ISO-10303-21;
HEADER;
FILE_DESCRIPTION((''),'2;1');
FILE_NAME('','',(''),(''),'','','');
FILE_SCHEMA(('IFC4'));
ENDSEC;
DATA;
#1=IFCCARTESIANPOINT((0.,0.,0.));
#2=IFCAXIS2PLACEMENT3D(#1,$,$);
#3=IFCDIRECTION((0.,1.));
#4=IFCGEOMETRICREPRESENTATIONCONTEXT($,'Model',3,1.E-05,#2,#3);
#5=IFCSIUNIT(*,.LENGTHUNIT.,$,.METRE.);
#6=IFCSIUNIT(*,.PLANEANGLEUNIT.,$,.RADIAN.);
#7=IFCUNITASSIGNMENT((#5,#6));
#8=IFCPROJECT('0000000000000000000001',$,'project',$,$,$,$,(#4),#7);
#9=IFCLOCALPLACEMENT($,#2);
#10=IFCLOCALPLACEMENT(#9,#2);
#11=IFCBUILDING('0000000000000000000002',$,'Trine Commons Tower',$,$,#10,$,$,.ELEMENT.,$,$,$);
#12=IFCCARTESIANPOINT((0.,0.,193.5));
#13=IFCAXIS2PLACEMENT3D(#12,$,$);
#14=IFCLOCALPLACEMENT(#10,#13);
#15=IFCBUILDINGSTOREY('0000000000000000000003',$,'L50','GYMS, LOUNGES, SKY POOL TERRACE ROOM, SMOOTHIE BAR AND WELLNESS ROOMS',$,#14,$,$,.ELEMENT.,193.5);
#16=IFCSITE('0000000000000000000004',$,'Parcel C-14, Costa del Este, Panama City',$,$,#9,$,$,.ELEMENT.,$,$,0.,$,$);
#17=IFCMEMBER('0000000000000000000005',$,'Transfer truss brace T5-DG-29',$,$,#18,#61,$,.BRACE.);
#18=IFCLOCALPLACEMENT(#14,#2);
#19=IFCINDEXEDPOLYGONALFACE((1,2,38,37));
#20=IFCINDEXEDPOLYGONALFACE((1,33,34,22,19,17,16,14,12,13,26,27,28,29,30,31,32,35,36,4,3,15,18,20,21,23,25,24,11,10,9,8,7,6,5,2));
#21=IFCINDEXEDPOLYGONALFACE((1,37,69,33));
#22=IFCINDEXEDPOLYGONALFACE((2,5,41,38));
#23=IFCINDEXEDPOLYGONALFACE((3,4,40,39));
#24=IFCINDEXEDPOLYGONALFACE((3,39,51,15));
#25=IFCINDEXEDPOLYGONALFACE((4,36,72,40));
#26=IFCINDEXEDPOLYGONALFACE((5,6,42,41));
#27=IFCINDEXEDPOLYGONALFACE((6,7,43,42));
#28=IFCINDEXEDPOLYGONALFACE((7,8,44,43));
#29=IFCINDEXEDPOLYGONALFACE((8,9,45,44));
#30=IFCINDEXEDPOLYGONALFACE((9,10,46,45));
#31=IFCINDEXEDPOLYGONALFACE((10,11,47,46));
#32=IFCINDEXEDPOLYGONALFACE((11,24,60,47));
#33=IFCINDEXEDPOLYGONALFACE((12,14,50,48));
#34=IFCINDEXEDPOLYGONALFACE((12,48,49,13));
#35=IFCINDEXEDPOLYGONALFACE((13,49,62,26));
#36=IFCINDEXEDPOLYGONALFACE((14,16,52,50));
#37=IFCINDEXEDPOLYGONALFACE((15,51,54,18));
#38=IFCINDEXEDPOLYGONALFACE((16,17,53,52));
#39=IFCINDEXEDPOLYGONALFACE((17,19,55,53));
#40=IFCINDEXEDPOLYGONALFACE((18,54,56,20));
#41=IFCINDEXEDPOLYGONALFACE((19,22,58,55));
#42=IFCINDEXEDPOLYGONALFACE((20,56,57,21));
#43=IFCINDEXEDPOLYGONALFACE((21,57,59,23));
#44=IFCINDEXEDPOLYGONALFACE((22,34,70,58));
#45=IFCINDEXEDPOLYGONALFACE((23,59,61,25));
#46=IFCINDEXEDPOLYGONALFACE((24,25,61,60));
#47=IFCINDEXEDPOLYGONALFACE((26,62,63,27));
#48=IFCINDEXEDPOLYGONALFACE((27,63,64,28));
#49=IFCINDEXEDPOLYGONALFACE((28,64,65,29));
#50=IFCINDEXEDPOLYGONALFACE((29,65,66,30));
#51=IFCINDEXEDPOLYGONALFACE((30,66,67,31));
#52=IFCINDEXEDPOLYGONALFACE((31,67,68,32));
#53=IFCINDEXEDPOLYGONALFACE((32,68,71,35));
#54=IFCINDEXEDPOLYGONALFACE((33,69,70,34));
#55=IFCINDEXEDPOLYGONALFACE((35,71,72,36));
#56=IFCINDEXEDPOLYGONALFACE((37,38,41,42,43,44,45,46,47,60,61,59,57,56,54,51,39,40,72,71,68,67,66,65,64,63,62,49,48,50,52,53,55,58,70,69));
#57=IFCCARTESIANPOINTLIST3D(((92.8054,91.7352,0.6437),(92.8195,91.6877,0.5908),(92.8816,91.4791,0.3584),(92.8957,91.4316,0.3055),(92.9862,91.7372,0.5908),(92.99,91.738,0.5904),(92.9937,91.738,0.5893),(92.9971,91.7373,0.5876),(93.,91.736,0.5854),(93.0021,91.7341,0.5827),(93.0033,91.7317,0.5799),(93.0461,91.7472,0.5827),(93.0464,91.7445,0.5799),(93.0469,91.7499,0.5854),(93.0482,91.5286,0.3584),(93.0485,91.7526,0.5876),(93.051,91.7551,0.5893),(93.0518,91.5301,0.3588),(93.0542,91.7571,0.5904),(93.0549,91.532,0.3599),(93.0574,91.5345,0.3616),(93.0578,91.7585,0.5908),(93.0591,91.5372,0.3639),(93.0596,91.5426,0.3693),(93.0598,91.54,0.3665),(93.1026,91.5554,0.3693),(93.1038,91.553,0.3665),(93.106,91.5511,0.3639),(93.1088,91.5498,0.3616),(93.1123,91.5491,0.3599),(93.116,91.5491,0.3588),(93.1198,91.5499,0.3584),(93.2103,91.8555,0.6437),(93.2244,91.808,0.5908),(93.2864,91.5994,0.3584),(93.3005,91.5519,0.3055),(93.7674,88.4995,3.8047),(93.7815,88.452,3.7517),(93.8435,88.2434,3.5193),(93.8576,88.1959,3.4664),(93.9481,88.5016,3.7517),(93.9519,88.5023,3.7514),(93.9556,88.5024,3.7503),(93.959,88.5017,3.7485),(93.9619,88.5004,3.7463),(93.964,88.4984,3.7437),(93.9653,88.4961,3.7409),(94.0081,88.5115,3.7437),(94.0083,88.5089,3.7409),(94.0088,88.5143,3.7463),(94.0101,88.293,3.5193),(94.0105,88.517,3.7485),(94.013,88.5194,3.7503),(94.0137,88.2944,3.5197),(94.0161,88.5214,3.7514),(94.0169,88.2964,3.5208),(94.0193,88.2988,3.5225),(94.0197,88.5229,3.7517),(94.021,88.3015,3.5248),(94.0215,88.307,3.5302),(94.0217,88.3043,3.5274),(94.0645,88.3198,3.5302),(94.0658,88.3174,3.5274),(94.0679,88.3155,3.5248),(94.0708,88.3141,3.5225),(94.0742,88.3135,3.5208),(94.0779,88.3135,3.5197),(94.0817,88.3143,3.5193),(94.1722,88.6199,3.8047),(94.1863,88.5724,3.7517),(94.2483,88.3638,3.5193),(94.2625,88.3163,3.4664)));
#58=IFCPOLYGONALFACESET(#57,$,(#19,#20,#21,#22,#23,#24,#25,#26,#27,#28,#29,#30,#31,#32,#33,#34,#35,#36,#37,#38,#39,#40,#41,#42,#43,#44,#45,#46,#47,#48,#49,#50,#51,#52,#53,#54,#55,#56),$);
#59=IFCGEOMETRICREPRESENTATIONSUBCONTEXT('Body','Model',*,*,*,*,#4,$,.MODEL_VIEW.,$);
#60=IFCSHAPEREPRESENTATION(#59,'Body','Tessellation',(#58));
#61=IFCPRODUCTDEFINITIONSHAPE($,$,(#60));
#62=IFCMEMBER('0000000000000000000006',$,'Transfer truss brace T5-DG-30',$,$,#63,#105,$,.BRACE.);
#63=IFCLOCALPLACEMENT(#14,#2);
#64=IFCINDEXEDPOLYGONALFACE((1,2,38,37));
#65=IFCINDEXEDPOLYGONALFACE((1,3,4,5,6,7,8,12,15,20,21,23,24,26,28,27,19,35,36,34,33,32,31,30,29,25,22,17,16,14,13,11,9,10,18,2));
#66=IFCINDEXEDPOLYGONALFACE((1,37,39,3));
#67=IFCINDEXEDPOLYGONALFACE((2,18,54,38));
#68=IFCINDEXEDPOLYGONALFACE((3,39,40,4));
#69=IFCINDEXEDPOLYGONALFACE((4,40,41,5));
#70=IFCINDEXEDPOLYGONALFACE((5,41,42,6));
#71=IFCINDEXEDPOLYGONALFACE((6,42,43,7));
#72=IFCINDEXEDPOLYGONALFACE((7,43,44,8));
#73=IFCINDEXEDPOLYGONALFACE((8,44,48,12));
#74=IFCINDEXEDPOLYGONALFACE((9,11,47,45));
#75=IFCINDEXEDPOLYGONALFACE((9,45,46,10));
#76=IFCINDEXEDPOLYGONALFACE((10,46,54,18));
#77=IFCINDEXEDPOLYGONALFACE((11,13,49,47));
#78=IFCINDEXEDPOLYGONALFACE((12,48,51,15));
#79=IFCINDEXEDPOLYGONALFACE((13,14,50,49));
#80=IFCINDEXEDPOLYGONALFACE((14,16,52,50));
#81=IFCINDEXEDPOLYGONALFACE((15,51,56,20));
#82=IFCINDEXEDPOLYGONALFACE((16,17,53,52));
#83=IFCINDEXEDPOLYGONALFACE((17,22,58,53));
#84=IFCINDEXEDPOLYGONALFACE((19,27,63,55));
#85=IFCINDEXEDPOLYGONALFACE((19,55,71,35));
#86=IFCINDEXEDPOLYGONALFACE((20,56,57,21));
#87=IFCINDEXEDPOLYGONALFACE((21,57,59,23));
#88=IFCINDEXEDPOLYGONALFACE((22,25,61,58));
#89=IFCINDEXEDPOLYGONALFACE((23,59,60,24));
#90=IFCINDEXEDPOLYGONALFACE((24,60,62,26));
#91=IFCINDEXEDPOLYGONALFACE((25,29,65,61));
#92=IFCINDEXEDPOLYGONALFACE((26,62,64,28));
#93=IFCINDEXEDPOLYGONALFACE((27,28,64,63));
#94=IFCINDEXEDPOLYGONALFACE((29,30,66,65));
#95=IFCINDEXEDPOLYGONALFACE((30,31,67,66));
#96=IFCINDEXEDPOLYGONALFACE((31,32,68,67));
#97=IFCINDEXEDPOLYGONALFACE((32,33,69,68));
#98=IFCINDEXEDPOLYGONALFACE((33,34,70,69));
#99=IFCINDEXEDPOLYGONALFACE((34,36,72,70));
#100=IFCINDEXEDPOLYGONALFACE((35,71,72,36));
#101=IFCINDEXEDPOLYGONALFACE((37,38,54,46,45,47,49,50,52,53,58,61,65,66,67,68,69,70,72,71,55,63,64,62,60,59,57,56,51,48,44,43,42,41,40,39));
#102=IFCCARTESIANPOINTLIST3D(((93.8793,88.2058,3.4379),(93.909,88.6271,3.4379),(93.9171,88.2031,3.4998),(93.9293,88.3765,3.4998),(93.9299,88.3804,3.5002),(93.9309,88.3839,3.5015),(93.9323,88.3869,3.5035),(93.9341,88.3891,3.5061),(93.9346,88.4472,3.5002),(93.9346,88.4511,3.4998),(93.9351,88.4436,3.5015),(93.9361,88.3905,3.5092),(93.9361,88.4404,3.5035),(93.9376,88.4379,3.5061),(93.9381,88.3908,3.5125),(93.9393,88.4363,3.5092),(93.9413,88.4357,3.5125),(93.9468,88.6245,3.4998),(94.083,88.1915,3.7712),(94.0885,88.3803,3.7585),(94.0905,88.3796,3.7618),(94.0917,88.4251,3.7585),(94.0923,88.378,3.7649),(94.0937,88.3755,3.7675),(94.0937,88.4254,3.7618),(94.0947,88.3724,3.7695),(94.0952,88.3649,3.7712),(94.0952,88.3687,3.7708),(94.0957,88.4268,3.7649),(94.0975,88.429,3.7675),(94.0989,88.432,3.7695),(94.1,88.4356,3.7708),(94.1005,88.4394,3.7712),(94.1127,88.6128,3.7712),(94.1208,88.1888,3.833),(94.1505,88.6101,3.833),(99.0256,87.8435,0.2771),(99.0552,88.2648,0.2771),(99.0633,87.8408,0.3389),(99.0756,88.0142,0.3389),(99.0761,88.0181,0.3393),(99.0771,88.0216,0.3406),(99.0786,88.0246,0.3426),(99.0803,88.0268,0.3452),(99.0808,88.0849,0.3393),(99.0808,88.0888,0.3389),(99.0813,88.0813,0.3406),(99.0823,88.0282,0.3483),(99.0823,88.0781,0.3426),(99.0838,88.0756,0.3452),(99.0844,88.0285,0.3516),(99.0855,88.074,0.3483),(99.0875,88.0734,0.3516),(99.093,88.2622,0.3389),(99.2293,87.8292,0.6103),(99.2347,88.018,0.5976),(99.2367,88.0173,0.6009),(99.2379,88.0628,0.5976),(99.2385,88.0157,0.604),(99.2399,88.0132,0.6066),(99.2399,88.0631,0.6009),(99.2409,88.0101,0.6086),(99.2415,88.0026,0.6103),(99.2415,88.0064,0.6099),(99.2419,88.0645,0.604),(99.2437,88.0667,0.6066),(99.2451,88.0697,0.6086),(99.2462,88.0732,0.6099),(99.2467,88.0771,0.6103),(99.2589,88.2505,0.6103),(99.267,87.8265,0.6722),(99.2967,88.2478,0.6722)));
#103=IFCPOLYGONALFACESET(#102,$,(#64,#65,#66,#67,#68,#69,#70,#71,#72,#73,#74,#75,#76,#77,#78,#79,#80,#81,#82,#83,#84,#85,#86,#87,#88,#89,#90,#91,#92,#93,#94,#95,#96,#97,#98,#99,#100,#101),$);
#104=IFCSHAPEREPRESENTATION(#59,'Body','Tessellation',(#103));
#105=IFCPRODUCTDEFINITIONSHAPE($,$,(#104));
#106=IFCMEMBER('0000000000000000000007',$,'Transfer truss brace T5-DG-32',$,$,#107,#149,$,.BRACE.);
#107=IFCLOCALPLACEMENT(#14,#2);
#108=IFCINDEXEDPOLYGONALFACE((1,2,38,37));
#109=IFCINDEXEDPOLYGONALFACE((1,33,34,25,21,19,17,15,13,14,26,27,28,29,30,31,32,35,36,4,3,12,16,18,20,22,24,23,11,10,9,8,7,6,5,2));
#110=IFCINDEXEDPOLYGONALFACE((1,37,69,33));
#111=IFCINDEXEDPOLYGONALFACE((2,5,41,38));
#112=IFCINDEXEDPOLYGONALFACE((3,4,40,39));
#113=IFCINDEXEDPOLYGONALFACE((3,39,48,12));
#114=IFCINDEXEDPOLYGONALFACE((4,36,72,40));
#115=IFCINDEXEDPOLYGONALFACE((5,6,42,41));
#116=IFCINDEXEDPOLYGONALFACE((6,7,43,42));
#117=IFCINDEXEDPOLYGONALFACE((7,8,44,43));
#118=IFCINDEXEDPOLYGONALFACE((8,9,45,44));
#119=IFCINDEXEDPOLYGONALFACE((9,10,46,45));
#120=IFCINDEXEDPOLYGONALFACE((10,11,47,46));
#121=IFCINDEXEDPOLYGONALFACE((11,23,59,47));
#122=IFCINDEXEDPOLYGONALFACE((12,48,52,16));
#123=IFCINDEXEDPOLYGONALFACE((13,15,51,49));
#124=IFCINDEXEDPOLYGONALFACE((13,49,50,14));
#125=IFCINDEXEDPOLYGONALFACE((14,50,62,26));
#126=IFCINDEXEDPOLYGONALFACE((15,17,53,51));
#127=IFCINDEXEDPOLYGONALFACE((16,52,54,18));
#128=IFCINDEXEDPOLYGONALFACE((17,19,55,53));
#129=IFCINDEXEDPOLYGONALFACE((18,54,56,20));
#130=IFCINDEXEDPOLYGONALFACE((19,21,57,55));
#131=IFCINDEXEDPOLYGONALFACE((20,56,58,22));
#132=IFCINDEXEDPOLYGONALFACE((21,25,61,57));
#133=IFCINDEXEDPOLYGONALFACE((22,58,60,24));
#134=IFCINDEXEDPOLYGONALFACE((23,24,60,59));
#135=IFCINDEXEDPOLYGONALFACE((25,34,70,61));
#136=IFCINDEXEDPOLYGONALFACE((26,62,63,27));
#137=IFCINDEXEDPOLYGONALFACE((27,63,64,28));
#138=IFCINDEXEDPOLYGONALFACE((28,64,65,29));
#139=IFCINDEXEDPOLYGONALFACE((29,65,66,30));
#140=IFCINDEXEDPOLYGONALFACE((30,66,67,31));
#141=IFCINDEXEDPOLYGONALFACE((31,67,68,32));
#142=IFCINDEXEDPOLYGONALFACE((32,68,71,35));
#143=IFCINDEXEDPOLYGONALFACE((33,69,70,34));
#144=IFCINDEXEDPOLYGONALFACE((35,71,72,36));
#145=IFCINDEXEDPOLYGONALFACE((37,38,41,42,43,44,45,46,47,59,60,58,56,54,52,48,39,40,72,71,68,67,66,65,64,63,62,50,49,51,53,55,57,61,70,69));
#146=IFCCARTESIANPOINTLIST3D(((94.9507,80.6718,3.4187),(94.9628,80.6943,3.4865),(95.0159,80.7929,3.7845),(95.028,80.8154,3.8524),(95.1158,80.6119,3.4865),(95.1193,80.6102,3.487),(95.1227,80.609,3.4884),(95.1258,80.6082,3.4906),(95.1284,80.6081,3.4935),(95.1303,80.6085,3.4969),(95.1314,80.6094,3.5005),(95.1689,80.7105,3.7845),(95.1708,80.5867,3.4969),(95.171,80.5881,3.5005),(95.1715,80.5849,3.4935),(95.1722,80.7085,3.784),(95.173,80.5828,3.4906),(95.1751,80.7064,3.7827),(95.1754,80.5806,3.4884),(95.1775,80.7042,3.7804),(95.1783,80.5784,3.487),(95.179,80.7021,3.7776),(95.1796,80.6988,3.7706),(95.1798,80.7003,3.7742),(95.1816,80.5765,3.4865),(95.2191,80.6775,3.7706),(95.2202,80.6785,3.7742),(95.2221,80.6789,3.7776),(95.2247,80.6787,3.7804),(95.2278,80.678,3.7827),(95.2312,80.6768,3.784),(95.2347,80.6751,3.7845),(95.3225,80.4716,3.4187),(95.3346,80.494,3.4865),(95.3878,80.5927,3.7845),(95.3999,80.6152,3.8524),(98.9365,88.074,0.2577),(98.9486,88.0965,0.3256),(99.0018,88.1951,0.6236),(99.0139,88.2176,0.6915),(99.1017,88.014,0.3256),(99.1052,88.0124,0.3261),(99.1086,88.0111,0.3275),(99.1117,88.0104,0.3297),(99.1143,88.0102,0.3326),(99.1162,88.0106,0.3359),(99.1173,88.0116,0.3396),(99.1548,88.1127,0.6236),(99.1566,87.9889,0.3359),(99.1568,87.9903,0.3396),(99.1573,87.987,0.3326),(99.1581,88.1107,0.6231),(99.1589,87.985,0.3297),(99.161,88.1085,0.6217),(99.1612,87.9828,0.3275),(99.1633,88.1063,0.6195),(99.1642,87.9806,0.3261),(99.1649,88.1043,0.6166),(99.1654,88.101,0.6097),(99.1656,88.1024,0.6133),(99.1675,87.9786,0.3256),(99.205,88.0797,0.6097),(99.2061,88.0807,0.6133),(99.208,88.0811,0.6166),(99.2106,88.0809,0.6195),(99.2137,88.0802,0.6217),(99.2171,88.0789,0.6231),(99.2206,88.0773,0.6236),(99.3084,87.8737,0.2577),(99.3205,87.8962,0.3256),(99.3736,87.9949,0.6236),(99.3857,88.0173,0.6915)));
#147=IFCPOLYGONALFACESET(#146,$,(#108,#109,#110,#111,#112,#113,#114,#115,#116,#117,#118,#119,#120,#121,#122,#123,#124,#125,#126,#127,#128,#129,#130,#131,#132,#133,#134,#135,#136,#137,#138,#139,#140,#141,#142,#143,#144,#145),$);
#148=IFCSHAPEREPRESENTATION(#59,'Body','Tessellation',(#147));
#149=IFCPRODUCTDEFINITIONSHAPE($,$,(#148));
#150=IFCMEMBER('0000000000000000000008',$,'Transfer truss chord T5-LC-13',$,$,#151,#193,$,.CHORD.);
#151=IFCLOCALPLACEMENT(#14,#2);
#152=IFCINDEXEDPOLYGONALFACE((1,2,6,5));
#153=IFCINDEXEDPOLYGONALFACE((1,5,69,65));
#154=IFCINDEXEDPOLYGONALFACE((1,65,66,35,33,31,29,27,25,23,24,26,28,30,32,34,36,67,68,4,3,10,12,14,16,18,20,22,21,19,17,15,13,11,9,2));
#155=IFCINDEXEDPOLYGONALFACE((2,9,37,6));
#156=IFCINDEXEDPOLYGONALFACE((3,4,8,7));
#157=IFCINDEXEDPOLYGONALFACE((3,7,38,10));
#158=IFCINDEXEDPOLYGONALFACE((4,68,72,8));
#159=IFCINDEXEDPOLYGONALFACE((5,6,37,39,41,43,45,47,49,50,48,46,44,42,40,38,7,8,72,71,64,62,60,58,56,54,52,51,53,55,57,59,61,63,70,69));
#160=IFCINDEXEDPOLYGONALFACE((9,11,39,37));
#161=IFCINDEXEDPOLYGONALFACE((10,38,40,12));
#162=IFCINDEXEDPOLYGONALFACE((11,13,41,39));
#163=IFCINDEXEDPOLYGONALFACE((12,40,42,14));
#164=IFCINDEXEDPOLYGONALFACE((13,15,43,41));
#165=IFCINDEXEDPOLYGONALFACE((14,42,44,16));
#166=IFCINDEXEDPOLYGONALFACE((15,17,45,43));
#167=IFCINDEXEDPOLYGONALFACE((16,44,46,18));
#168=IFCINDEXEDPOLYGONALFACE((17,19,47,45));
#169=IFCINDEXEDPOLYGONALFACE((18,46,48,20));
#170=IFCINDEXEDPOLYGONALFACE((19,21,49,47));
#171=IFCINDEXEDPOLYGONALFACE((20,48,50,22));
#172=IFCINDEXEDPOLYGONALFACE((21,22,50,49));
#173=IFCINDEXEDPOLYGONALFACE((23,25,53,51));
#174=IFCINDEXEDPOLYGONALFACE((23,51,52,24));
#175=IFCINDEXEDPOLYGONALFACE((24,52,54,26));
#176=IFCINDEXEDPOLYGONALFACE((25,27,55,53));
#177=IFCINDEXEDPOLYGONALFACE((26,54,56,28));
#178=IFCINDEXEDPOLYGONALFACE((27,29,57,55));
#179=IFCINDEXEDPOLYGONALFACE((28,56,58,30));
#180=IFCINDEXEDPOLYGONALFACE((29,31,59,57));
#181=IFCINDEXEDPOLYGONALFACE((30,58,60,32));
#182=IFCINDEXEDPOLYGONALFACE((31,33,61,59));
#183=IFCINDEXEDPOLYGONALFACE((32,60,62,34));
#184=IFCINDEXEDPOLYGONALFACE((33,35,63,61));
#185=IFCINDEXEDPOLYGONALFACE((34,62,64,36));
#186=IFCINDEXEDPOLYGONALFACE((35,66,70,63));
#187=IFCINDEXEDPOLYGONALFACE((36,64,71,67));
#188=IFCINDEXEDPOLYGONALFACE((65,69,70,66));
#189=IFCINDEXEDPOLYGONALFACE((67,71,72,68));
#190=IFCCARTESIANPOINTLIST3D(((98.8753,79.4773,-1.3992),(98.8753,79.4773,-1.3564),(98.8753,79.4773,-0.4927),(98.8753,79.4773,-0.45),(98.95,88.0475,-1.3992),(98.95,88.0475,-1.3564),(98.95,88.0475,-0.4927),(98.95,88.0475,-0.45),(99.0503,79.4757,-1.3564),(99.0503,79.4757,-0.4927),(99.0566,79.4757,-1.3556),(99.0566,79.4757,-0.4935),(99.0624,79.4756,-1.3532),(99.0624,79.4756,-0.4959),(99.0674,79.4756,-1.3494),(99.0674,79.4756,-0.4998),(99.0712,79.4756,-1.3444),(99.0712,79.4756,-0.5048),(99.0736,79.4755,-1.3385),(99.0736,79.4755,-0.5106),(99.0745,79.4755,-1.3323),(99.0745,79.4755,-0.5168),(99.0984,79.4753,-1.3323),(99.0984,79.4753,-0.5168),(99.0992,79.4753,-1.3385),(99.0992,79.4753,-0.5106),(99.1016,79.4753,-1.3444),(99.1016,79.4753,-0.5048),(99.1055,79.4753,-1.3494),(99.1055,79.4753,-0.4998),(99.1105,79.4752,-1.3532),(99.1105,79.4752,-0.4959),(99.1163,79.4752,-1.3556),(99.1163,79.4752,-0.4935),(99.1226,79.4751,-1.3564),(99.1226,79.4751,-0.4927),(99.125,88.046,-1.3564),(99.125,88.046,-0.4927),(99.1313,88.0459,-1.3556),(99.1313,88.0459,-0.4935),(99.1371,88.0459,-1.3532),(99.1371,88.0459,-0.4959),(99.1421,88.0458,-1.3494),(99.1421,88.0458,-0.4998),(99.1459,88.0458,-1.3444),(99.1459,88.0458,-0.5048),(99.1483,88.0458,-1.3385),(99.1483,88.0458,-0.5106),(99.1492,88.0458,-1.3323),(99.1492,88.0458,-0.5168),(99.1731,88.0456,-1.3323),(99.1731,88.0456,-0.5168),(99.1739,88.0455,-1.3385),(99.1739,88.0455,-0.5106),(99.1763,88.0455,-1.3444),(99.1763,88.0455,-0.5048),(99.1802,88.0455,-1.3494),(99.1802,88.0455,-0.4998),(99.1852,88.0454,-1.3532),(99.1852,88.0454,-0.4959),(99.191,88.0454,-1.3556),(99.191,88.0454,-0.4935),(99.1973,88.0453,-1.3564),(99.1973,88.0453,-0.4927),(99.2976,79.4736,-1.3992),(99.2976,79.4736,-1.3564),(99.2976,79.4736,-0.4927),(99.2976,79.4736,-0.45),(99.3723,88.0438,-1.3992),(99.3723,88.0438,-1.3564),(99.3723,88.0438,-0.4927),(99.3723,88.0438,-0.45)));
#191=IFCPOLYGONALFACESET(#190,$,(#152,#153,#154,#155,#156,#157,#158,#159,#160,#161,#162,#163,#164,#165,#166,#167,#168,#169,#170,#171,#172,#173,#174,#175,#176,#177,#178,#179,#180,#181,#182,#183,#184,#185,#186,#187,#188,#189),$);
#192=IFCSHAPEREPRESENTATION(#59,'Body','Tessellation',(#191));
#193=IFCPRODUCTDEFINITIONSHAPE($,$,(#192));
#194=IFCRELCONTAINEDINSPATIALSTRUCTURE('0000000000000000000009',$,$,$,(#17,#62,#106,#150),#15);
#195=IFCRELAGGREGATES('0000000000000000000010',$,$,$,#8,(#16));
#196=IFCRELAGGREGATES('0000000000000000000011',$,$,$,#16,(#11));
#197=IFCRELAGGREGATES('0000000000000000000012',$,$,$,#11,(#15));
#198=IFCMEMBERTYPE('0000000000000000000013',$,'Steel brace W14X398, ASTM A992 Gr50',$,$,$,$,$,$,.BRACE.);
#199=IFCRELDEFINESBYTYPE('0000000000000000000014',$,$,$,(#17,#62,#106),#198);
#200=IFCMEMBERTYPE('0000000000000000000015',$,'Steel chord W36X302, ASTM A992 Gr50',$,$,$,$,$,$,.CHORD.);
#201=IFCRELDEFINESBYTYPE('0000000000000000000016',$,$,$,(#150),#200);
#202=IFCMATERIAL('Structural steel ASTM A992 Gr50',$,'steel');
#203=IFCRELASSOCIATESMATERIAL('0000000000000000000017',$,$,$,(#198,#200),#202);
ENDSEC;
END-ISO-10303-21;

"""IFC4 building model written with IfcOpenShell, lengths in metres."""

from ifc_helpers import new_model, si_unit, direction, frame, origin, origin_2d, place, context, subcontext, project, spatial, i_section, extrude, material, material_profile, profile_set, type_object, element, save


model = new_model("IFC4")

# Units and contexts
model_context = context("Model", 3, precision=1e-05, world=origin(), true_north=direction((0.0, 1.0)))
body_context = subcontext(model_context, "Body", "Model", "MODEL_VIEW")
ifc_project = project(units=[si_unit("LENGTHUNIT", "METRE"), si_unit("PLANEANGLEUNIT", "RADIAN")], contexts=[model_context])

# Site, building, storey
site_placement = place(None, origin())
site = spatial("IfcSite", under=ifc_project, at=site_placement, Name="Parcel C-14, Costa del Este, Panama City", CompositionType="ELEMENT", RefElevation=0.0)
building_placement = place(site_placement, origin())
building = spatial("IfcBuilding", under=site, at=building_placement, Name="Trine Commons Tower", CompositionType="ELEMENT")
storey_placement = place(building_placement, frame((0.0, 0.0, 193.5)))
storey = spatial("IfcBuildingStorey", under=building, at=storey_placement, Name="L50", Description="GYMS, LOUNGES, SKY POOL TERRACE ROOM, SMOOTHIE BAR AND WELLNESS ROOMS", CompositionType="ELEMENT", Elevation=193.5)

# Shared definitions
ifc_material_1 = material(Name="Structural steel ASTM A992 Gr50", Category="steel")

# Members
ifc_material_profile_1 = material_profile(ifc_material_1, i_section(OverallWidth=0.4224, OverallDepth=0.4634, WebThickness=0.0449, FlangeThickness=0.0725, FilletRadius=0.0149, at=origin_2d()), Name="W14X398")
ifc_profile_set_1 = profile_set([ifc_material_profile_1], Name="Structural steel ASTM A992 Gr50")
member_type_1 = type_object("IfcMemberType", Name="Steel brace W14X398, ASTM A992 Gr50", PredefinedType="BRACE", material=ifc_profile_set_1)
member_1_placement = place(storey_placement, frame((93.053, 91.6436, 0.4746), z_axis=(0.208006, -0.699671, 0.683516), x_axis=(0.958538, 0.284965, 0.0)))
element("IfcMember", 1, at=member_1_placement, inside=storey, type_object=member_type_1, Name="Transfer truss brace T5-DG-29", PredefinedType="BRACE", context=body_context, shape_type="SweptSolid", body=[
    extrude(i_section(OverallWidth=0.4224, OverallDepth=0.4634, WebThickness=0.0449, FlangeThickness=0.0725, FilletRadius=0.0149, at=origin_2d()), origin(), (0.0, 0.0, 1.0), 4.6245),
])
member_2_placement = place(storey_placement, frame((99.1611, 88.0457, 0.4746), z_axis=(-0.850574, 0.059882, 0.522434), x_axis=(-0.070228, -0.997531, 0.0)))
element("IfcMember", 2, at=member_2_placement, inside=storey, type_object=member_type_1, Name="Transfer truss brace T5-DG-30", PredefinedType="BRACE", context=body_context, shape_type="SweptSolid", body=[
    extrude(i_section(OverallWidth=0.4224, OverallDepth=0.4634, WebThickness=0.0449, FlangeThickness=0.0725, FilletRadius=0.0149, at=origin_2d()), origin(), (0.0, 0.0, 1.0), 6.0503),
])
member_3_placement = place(storey_placement, frame((99.1611, 88.0457, 0.4746), z_axis=(-0.443778, -0.82414, 0.351929), x_axis=(0.880466, -0.474108, 0.0)))
element("IfcMember", 3, at=member_3_placement, inside=storey, type_object=member_type_1, Name="Transfer truss brace T5-DG-32", PredefinedType="BRACE", context=body_context, shape_type="SweptSolid", body=[
    extrude(i_section(OverallWidth=0.4224, OverallDepth=0.4634, WebThickness=0.0449, FlangeThickness=0.0725, FilletRadius=0.0149, at=origin_2d()), origin(), (0.0, 0.0, 1.0), 8.9817),
])
ifc_material_profile_2 = material_profile(ifc_material_1, i_section(OverallWidth=0.4224, OverallDepth=0.9492, WebThickness=0.0239, FlangeThickness=0.0427, FilletRadius=0.0242, at=origin_2d()), Name="W36X302")
ifc_profile_set_2 = profile_set([ifc_material_profile_2], Name="Structural steel ASTM A992 Gr50")
member_type_2 = type_object("IfcMemberType", Name="Steel chord W36X302, ASTM A992 Gr50", PredefinedType="CHORD", material=ifc_profile_set_2)
member_4_placement = place(storey_placement, frame((99.1611, 88.0457, -0.9246), z_axis=(-0.008717, -0.999962, 0.0), x_axis=(0.999962, -0.008717, 0.0)))
element("IfcMember", 4, at=member_4_placement, inside=storey, type_object=member_type_2, Name="Transfer truss chord T5-LC-13", PredefinedType="CHORD", context=body_context, shape_type="SweptSolid", body=[
    extrude(i_section(OverallWidth=0.4224, OverallDepth=0.9492, WebThickness=0.0239, FlangeThickness=0.0427, FilletRadius=0.0242, at=origin_2d()), origin(), (0.0, 0.0, 1.0), 8.5706),
])

save(model, "model.ifc")
